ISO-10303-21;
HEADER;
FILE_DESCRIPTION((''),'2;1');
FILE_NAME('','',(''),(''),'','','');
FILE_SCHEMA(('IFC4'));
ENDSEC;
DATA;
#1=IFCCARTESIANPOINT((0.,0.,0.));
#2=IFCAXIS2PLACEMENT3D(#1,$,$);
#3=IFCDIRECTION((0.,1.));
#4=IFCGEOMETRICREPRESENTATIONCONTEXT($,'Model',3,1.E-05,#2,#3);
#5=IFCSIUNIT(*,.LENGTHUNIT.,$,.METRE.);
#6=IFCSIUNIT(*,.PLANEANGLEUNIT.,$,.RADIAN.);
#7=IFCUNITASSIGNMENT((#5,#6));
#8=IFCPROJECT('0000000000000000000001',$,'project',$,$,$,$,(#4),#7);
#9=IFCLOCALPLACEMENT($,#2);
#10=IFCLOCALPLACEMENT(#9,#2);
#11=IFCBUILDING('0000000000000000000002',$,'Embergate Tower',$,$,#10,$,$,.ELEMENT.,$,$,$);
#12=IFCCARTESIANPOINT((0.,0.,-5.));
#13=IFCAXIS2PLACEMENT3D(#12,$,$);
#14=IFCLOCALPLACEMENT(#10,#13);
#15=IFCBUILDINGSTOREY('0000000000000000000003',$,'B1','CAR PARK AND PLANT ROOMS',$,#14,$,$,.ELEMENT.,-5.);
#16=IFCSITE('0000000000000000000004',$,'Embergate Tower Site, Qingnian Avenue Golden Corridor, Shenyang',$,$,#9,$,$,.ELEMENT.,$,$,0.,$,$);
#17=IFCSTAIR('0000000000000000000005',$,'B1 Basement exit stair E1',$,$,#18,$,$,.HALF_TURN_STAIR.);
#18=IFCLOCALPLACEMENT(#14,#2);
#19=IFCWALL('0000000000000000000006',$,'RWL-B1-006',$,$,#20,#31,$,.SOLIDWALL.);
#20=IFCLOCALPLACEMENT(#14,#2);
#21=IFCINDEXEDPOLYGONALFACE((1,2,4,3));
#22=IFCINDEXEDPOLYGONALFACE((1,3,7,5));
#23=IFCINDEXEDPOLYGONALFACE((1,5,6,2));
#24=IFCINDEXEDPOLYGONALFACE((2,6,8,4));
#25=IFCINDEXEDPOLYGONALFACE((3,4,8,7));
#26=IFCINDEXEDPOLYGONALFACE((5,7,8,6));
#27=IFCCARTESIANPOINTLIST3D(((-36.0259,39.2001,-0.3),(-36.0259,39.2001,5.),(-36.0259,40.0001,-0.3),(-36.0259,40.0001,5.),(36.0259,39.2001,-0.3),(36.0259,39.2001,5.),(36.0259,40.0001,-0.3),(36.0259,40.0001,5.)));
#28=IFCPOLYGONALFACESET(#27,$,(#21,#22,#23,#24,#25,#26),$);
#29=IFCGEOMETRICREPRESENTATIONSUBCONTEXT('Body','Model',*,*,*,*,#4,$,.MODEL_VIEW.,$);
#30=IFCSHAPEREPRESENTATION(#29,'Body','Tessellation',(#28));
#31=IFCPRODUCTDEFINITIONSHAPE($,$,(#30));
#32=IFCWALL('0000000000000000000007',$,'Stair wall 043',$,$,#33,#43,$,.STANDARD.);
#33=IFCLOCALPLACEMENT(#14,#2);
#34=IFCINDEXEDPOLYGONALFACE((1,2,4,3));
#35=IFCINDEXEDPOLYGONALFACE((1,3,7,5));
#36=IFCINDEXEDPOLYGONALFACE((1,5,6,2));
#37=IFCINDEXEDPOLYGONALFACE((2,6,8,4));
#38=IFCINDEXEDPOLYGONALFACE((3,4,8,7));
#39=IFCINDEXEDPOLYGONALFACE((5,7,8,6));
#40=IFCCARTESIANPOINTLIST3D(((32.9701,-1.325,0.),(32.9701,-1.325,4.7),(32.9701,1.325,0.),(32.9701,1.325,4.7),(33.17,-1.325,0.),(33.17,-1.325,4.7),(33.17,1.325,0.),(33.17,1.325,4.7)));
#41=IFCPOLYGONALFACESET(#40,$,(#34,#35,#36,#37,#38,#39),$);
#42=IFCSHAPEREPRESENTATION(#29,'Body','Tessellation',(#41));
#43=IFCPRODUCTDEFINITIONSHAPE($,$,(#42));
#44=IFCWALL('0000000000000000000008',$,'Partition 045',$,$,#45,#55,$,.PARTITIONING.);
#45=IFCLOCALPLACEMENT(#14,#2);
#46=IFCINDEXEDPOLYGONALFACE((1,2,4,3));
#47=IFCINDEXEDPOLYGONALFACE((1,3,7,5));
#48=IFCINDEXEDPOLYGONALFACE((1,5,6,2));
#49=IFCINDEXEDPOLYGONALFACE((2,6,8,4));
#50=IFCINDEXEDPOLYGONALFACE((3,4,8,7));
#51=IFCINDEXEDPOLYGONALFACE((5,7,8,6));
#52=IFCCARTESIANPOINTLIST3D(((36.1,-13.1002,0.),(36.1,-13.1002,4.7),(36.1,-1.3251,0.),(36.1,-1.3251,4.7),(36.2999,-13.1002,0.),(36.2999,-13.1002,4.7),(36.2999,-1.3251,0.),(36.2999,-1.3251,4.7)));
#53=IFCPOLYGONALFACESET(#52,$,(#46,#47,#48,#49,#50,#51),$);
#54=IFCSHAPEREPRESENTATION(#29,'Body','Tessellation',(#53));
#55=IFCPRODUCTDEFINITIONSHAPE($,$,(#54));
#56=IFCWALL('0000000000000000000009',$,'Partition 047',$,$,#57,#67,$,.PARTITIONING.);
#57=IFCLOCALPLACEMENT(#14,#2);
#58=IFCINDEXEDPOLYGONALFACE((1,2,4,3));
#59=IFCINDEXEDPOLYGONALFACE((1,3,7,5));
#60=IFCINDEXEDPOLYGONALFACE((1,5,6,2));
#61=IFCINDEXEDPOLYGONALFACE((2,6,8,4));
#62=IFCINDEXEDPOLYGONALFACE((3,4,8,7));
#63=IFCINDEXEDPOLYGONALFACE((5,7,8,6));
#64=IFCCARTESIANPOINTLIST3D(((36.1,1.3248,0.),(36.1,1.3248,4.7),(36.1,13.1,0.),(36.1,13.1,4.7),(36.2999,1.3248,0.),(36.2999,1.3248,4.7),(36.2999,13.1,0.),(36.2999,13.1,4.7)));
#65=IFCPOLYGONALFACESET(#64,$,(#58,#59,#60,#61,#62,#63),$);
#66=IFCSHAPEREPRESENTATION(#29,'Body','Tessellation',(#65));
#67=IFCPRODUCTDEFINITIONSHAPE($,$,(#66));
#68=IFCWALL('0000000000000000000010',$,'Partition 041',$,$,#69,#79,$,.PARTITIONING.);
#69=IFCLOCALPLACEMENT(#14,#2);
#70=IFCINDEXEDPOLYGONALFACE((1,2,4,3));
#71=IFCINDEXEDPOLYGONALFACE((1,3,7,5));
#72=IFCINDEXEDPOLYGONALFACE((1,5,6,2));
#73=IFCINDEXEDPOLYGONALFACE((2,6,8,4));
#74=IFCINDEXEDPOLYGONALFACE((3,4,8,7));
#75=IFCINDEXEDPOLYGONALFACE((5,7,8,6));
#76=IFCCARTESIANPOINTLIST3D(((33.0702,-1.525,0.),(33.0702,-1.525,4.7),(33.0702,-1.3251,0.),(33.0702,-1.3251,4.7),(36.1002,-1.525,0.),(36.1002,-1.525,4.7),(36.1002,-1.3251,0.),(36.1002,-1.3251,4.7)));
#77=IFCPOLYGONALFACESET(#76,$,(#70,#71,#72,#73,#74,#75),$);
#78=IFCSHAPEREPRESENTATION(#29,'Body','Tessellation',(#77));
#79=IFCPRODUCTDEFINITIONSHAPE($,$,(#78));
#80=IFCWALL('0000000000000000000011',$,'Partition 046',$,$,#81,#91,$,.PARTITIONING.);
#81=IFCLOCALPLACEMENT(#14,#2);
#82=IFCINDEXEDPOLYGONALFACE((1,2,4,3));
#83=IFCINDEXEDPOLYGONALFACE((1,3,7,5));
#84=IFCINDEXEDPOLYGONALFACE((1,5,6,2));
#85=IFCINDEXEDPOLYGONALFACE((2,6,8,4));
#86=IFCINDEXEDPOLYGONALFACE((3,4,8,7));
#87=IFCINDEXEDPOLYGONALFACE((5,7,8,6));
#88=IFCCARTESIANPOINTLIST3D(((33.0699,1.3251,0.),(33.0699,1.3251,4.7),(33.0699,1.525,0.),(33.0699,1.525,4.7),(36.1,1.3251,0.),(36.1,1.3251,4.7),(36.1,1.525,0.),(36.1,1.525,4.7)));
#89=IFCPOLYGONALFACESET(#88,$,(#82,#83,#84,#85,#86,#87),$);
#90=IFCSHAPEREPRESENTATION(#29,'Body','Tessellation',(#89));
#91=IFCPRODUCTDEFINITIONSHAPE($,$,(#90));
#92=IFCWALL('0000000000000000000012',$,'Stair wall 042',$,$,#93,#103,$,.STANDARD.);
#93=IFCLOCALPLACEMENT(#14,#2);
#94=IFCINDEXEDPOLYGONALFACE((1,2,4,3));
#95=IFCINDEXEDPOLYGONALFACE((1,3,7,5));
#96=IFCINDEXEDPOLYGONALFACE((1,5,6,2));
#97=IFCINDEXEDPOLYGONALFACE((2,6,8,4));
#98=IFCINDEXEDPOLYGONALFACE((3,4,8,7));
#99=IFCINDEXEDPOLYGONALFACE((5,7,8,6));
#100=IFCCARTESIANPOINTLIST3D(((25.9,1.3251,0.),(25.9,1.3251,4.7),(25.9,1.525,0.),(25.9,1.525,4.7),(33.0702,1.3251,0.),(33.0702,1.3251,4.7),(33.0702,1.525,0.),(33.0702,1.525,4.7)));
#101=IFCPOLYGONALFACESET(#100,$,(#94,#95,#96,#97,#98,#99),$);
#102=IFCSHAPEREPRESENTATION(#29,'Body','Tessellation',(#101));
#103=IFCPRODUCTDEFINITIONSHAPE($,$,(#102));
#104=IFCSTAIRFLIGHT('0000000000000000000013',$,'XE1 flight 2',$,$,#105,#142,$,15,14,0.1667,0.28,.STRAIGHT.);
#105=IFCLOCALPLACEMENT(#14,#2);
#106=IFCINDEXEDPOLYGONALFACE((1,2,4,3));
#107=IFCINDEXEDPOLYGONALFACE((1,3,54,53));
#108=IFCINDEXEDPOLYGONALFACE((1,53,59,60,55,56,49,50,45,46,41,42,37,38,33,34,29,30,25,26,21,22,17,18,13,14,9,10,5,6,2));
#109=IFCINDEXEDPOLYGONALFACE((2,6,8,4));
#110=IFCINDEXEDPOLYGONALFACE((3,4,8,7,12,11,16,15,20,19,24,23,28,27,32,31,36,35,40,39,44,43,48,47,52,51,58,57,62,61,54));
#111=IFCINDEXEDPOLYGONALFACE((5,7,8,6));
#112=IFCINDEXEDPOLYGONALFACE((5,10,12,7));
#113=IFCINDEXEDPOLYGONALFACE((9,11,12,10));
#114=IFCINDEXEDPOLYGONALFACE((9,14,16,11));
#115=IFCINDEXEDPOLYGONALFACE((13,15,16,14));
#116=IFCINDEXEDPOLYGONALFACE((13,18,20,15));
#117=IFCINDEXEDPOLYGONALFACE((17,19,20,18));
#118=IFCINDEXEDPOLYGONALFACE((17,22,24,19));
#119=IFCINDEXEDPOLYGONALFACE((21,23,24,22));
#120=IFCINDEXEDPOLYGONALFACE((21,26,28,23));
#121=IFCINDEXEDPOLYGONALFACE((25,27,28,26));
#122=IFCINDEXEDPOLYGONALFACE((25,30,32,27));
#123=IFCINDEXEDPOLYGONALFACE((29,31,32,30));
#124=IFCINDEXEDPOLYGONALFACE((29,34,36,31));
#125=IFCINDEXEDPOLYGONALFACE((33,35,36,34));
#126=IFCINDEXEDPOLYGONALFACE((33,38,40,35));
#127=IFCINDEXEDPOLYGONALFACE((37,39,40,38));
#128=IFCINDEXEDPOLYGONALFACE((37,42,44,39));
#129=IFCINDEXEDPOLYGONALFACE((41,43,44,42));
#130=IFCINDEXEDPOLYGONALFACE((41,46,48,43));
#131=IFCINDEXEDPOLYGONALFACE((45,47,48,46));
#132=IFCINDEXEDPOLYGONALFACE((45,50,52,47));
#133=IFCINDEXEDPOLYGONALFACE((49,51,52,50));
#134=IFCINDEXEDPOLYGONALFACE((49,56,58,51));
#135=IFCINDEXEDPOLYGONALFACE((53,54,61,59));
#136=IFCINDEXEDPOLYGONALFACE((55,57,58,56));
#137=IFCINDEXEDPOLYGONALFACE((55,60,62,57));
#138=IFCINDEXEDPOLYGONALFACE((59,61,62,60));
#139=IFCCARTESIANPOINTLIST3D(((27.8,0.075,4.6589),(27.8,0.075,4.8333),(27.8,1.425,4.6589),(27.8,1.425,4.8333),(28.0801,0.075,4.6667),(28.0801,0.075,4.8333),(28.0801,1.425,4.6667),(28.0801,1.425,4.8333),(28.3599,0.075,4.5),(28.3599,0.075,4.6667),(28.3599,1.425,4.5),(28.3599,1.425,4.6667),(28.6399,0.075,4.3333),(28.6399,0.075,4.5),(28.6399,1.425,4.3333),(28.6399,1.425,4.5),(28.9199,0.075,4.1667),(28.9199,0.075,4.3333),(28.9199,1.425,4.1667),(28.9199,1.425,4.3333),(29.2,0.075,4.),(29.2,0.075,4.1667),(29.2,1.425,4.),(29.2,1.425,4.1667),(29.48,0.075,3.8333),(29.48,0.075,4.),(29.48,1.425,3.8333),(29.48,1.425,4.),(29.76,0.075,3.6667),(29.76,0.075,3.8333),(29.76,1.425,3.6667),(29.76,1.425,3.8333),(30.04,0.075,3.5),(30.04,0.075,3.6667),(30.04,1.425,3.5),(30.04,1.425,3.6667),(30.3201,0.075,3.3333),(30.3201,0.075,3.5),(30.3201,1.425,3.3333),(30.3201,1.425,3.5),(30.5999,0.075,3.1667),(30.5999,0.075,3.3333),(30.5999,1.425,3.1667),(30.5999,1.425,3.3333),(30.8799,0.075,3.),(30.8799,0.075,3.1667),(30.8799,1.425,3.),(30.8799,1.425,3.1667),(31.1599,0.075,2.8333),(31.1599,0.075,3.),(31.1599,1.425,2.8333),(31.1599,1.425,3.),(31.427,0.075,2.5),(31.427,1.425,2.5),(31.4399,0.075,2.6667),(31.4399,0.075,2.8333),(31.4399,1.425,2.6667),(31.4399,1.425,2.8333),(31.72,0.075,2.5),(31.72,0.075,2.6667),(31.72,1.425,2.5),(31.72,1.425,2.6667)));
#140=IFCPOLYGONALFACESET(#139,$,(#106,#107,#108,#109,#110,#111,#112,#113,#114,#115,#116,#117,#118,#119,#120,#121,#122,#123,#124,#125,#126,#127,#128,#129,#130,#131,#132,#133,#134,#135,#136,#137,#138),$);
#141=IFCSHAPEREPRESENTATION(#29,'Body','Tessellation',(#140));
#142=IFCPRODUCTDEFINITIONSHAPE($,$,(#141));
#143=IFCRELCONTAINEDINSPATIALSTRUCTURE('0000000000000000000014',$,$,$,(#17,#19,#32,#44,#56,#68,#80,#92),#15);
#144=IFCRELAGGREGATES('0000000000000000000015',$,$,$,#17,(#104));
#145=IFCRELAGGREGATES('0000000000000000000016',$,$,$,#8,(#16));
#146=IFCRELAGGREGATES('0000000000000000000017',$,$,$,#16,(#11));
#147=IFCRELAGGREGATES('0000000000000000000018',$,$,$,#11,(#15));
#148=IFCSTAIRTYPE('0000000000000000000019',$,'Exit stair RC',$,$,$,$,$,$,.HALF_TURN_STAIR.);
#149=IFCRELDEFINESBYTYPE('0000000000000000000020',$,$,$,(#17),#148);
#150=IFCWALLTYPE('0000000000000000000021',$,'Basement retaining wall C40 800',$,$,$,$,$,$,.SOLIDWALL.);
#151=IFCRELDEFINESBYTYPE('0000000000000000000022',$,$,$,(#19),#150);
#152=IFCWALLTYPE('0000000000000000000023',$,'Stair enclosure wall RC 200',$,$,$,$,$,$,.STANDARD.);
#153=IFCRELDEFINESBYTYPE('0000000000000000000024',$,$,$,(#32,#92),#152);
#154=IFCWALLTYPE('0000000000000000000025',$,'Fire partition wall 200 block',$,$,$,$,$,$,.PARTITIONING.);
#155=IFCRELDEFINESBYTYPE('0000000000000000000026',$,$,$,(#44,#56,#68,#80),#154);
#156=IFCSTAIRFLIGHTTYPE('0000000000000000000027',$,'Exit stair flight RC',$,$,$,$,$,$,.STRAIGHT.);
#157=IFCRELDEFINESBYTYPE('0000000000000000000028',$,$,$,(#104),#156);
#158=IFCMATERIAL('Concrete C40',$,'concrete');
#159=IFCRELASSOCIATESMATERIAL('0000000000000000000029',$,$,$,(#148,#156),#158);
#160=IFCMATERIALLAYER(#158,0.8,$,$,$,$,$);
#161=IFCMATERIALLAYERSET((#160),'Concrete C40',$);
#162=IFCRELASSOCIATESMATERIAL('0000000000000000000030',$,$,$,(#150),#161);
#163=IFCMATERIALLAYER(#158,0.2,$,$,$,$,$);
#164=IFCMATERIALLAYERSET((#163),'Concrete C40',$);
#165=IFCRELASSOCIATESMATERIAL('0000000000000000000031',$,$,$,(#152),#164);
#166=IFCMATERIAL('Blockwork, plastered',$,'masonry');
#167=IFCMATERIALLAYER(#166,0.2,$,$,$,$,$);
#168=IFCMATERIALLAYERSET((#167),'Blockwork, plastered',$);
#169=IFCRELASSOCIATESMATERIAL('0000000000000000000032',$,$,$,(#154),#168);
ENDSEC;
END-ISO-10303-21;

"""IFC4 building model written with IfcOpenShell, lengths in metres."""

from ifc_helpers import new_model, si_unit, direction, frame, frame_2d, origin, place, context, subcontext, project, spatial, polyline, rectangle, outline, extrude, source, transform, mapped, material, layer, layer_set, type_object, element, aggregate, save


model = new_model("IFC4")

# Units and contexts
model_context = context("Model", 3, precision=1e-05, world=origin(), true_north=direction((0.0, 1.0)))
body_context = subcontext(model_context, "Body", "Model", "MODEL_VIEW")
ifc_project = project(units=[si_unit("LENGTHUNIT", "METRE"), si_unit("PLANEANGLEUNIT", "RADIAN")], contexts=[model_context])

# Site, building, storey
site_placement = place(None, origin())
site = spatial("IfcSite", under=ifc_project, at=site_placement, Name="Embergate Tower Site, Qingnian Avenue Golden Corridor, Shenyang", CompositionType="ELEMENT", RefElevation=0.0)
building_placement = place(site_placement, origin())
building = spatial("IfcBuilding", under=site, at=building_placement, Name="Embergate Tower", CompositionType="ELEMENT")
storey_placement = place(building_placement, frame((0.0, 0.0, -5.0)))
storey = spatial("IfcBuildingStorey", under=building, at=storey_placement, Name="B1", Description="CAR PARK AND PLANT ROOMS", CompositionType="ELEMENT", Elevation=-5.0)

# Stair
ifc_material_1 = material(Name="Concrete C40", Category="concrete")
stair_type = type_object("IfcStairType", Name="Exit stair RC", PredefinedType="HALF_TURN_STAIR", material=ifc_material_1)
stair_placement = place(storey_placement, origin())
stair = element("IfcStair", 1, at=stair_placement, inside=storey, type_object=stair_type, Name="B1 Basement exit stair E1", PredefinedType="HALF_TURN_STAIR")

# Walls
ifc_layer_1 = layer(ifc_material_1, 0.8)
ifc_layer_set_1 = layer_set([ifc_layer_1], Name="Concrete C40")
wall_type_1 = type_object("IfcWallType", Name="Basement retaining wall C40 800", PredefinedType="SOLIDWALL", material=ifc_layer_set_1)
shared_shape_1 = source(origin(), body_context, "Body", "SweptSolid", [
    extrude(rectangle(XDim=72.0518, YDim=0.8, at=frame_2d((36.0259, 0.0))), origin(), (0.0, 0.0, 1.0), 5.3),
])
wall_1_placement = place(storey_placement, frame((36.0259, 39.6001, -0.3), z_axis=(0.0, 0.0, 1.0), x_axis=(-1.0, 0.0, 0.0)))
element("IfcWall", 2, at=wall_1_placement, inside=storey, type_object=wall_type_1, Name="RWL-B1-006", PredefinedType="SOLIDWALL", context=body_context, shape_type="MappedRepresentation", body=[
    mapped(shared_shape_1, transform((0.0, 0.0, 0.0))),
])
ifc_layer_2 = layer(ifc_material_1, 0.2)
ifc_layer_set_2 = layer_set([ifc_layer_2], Name="Concrete C40")
wall_type_2 = type_object("IfcWallType", Name="Stair enclosure wall RC 200", PredefinedType="STANDARD", material=ifc_layer_set_2)
shared_shape_2 = source(origin(), body_context, "Body", "SweptSolid", [
    extrude(rectangle(XDim=2.6499, YDim=0.2, at=frame_2d((1.325, 0.0))), origin(), (0.0, 0.0, 1.0), 4.7),
])
wall_2_placement = place(storey_placement, frame((33.0701, 1.325, 0.0), z_axis=(0.0, 0.0, 1.0), x_axis=(0.0, -1.0, 0.0)))
element("IfcWall", 3, at=wall_2_placement, inside=storey, type_object=wall_type_2, Name="Stair wall 043", PredefinedType="STANDARD", context=body_context, shape_type="MappedRepresentation", body=[
    mapped(shared_shape_2, transform((0.0, 0.0, 0.0))),
])
ifc_material_2 = material(Name="Blockwork, plastered", Category="masonry")
ifc_layer_3 = layer(ifc_material_2, 0.2)
ifc_layer_set_3 = layer_set([ifc_layer_3], Name="Blockwork, plastered")
wall_type_3 = type_object("IfcWallType", Name="Fire partition wall 200 block", PredefinedType="PARTITIONING", material=ifc_layer_set_3)
shared_shape_3 = source(origin(), body_context, "Body", "SweptSolid", [
    extrude(rectangle(XDim=11.7751, YDim=0.2, at=frame_2d((5.8877, 0.0))), origin(), (0.0, 0.0, 1.0), 4.7),
])
for number, where, z_axis, x_axis, name in (
    (4, (36.2, -1.325, 0.0), (0.0, 0.0, 1.0), (0.0, -1.0, 0.0), "Partition 045"),
    (5, (36.2, 13.1001, 0.0), (0.0, 0.0, 1.0), (0.0, -1.0, 0.0), "Partition 047"),
):
    element("IfcWall", number, at=place(storey_placement, frame(where, z_axis=z_axis, x_axis=x_axis)), inside=storey, type_object=wall_type_3, Name=name, PredefinedType="PARTITIONING", context=body_context, shape_type="MappedRepresentation", body=[
        mapped(shared_shape_3, transform((0.0, 0.0, 0.0))),
    ])
shared_shape_4 = source(origin(), body_context, "Body", "SweptSolid", [
    extrude(rectangle(XDim=3.03, YDim=0.2, at=frame_2d((1.5151, 0.0))), origin(), (0.0, 0.0, 1.0), 4.7),
])
for number, where, z_axis, x_axis, name in (
    (6, (33.0701, -1.425, 0.0), (0.0, 0.0, 1.0), (1.0, 0.0, 0.0), "Partition 041"),
    (7, (36.1001, 1.425, 0.0), (0.0, 0.0, 1.0), (-1.0, 0.0, 0.0), "Partition 046"),
):
    element("IfcWall", number, at=place(storey_placement, frame(where, z_axis=z_axis, x_axis=x_axis)), inside=storey, type_object=wall_type_3, Name=name, PredefinedType="PARTITIONING", context=body_context, shape_type="MappedRepresentation", body=[
        mapped(shared_shape_4, transform((0.0, 0.0, 0.0))),
    ])
shared_shape_5 = source(origin(), body_context, "Body", "SweptSolid", [
    extrude(rectangle(XDim=7.1702, YDim=0.2, at=frame_2d((3.585, 0.0))), origin(), (0.0, 0.0, 1.0), 4.7),
])
wall_3_placement = place(storey_placement, frame((33.0701, 1.425, 0.0), z_axis=(0.0, 0.0, 1.0), x_axis=(-1.0, 0.0, 0.0)))
element("IfcWall", 8, at=wall_3_placement, inside=storey, type_object=wall_type_2, Name="Stair wall 042", PredefinedType="STANDARD", context=body_context, shape_type="MappedRepresentation", body=[
    mapped(shared_shape_5, transform((0.0, 0.0, 0.0))),
])

# Stair flight
stair_flight_type = type_object("IfcStairFlightType", Name="Exit stair flight RC", PredefinedType="STRAIGHT", material=ifc_material_1)
shared_shape_6 = source(origin(), body_context, "Body", "SweptSolid", [
    extrude(outline(polyline([(0.0, 0.0), (0.0, 0.1667), (0.28, 0.1667), (0.28, 0.3333), (0.5601, 0.3333), (0.5601, 0.5), (0.8401, 0.5), (0.8401, 0.6667), (1.1201, 0.6667), (1.1201, 0.8333), (1.3999, 0.8333), (1.3999, 1.0), (1.6799, 1.0), (1.6799, 1.1667), (1.96, 1.1667), (1.96, 1.3333), (2.24, 1.3333), (2.24, 1.5), (2.52, 1.5), (2.52, 1.6667), (2.8, 1.6667), (2.8, 1.8333), (3.0801, 1.8333), (3.0801, 2.0), (3.3601, 2.0), (3.3601, 2.1667), (3.6399, 2.1667), (3.6399, 2.3333), (3.9199, 2.3333), (3.9199, 2.5), (3.9199, 2.1589), (0.293, 0.0), (0.0, 0.0)])), frame((0.0, 0.675, 0.0), z_axis=(0.0, -1.0, 0.0), x_axis=(1.0, 0.0, 0.0)), (0.0, 0.0, 1.0), 1.3501),
])
stair_flight_placement = place(storey_placement, frame((31.72, 0.75, 2.5), z_axis=(0.0, 0.0, 1.0), x_axis=(-1.0, 0.0, 0.0)))
stair_flight = element("IfcStairFlight", 9, at=stair_flight_placement, type_object=stair_flight_type, Name="XE1 flight 2", NumberOfRisers=15, NumberOfTreads=14, PredefinedType="STRAIGHT", RiserHeight=0.1667, TreadLength=0.28, context=body_context, shape_type="MappedRepresentation", body=[
    mapped(shared_shape_6, transform((0.0, 0.0, 0.0))),
])
aggregate(stair, [stair_flight])

save(model, "model.ifc")
